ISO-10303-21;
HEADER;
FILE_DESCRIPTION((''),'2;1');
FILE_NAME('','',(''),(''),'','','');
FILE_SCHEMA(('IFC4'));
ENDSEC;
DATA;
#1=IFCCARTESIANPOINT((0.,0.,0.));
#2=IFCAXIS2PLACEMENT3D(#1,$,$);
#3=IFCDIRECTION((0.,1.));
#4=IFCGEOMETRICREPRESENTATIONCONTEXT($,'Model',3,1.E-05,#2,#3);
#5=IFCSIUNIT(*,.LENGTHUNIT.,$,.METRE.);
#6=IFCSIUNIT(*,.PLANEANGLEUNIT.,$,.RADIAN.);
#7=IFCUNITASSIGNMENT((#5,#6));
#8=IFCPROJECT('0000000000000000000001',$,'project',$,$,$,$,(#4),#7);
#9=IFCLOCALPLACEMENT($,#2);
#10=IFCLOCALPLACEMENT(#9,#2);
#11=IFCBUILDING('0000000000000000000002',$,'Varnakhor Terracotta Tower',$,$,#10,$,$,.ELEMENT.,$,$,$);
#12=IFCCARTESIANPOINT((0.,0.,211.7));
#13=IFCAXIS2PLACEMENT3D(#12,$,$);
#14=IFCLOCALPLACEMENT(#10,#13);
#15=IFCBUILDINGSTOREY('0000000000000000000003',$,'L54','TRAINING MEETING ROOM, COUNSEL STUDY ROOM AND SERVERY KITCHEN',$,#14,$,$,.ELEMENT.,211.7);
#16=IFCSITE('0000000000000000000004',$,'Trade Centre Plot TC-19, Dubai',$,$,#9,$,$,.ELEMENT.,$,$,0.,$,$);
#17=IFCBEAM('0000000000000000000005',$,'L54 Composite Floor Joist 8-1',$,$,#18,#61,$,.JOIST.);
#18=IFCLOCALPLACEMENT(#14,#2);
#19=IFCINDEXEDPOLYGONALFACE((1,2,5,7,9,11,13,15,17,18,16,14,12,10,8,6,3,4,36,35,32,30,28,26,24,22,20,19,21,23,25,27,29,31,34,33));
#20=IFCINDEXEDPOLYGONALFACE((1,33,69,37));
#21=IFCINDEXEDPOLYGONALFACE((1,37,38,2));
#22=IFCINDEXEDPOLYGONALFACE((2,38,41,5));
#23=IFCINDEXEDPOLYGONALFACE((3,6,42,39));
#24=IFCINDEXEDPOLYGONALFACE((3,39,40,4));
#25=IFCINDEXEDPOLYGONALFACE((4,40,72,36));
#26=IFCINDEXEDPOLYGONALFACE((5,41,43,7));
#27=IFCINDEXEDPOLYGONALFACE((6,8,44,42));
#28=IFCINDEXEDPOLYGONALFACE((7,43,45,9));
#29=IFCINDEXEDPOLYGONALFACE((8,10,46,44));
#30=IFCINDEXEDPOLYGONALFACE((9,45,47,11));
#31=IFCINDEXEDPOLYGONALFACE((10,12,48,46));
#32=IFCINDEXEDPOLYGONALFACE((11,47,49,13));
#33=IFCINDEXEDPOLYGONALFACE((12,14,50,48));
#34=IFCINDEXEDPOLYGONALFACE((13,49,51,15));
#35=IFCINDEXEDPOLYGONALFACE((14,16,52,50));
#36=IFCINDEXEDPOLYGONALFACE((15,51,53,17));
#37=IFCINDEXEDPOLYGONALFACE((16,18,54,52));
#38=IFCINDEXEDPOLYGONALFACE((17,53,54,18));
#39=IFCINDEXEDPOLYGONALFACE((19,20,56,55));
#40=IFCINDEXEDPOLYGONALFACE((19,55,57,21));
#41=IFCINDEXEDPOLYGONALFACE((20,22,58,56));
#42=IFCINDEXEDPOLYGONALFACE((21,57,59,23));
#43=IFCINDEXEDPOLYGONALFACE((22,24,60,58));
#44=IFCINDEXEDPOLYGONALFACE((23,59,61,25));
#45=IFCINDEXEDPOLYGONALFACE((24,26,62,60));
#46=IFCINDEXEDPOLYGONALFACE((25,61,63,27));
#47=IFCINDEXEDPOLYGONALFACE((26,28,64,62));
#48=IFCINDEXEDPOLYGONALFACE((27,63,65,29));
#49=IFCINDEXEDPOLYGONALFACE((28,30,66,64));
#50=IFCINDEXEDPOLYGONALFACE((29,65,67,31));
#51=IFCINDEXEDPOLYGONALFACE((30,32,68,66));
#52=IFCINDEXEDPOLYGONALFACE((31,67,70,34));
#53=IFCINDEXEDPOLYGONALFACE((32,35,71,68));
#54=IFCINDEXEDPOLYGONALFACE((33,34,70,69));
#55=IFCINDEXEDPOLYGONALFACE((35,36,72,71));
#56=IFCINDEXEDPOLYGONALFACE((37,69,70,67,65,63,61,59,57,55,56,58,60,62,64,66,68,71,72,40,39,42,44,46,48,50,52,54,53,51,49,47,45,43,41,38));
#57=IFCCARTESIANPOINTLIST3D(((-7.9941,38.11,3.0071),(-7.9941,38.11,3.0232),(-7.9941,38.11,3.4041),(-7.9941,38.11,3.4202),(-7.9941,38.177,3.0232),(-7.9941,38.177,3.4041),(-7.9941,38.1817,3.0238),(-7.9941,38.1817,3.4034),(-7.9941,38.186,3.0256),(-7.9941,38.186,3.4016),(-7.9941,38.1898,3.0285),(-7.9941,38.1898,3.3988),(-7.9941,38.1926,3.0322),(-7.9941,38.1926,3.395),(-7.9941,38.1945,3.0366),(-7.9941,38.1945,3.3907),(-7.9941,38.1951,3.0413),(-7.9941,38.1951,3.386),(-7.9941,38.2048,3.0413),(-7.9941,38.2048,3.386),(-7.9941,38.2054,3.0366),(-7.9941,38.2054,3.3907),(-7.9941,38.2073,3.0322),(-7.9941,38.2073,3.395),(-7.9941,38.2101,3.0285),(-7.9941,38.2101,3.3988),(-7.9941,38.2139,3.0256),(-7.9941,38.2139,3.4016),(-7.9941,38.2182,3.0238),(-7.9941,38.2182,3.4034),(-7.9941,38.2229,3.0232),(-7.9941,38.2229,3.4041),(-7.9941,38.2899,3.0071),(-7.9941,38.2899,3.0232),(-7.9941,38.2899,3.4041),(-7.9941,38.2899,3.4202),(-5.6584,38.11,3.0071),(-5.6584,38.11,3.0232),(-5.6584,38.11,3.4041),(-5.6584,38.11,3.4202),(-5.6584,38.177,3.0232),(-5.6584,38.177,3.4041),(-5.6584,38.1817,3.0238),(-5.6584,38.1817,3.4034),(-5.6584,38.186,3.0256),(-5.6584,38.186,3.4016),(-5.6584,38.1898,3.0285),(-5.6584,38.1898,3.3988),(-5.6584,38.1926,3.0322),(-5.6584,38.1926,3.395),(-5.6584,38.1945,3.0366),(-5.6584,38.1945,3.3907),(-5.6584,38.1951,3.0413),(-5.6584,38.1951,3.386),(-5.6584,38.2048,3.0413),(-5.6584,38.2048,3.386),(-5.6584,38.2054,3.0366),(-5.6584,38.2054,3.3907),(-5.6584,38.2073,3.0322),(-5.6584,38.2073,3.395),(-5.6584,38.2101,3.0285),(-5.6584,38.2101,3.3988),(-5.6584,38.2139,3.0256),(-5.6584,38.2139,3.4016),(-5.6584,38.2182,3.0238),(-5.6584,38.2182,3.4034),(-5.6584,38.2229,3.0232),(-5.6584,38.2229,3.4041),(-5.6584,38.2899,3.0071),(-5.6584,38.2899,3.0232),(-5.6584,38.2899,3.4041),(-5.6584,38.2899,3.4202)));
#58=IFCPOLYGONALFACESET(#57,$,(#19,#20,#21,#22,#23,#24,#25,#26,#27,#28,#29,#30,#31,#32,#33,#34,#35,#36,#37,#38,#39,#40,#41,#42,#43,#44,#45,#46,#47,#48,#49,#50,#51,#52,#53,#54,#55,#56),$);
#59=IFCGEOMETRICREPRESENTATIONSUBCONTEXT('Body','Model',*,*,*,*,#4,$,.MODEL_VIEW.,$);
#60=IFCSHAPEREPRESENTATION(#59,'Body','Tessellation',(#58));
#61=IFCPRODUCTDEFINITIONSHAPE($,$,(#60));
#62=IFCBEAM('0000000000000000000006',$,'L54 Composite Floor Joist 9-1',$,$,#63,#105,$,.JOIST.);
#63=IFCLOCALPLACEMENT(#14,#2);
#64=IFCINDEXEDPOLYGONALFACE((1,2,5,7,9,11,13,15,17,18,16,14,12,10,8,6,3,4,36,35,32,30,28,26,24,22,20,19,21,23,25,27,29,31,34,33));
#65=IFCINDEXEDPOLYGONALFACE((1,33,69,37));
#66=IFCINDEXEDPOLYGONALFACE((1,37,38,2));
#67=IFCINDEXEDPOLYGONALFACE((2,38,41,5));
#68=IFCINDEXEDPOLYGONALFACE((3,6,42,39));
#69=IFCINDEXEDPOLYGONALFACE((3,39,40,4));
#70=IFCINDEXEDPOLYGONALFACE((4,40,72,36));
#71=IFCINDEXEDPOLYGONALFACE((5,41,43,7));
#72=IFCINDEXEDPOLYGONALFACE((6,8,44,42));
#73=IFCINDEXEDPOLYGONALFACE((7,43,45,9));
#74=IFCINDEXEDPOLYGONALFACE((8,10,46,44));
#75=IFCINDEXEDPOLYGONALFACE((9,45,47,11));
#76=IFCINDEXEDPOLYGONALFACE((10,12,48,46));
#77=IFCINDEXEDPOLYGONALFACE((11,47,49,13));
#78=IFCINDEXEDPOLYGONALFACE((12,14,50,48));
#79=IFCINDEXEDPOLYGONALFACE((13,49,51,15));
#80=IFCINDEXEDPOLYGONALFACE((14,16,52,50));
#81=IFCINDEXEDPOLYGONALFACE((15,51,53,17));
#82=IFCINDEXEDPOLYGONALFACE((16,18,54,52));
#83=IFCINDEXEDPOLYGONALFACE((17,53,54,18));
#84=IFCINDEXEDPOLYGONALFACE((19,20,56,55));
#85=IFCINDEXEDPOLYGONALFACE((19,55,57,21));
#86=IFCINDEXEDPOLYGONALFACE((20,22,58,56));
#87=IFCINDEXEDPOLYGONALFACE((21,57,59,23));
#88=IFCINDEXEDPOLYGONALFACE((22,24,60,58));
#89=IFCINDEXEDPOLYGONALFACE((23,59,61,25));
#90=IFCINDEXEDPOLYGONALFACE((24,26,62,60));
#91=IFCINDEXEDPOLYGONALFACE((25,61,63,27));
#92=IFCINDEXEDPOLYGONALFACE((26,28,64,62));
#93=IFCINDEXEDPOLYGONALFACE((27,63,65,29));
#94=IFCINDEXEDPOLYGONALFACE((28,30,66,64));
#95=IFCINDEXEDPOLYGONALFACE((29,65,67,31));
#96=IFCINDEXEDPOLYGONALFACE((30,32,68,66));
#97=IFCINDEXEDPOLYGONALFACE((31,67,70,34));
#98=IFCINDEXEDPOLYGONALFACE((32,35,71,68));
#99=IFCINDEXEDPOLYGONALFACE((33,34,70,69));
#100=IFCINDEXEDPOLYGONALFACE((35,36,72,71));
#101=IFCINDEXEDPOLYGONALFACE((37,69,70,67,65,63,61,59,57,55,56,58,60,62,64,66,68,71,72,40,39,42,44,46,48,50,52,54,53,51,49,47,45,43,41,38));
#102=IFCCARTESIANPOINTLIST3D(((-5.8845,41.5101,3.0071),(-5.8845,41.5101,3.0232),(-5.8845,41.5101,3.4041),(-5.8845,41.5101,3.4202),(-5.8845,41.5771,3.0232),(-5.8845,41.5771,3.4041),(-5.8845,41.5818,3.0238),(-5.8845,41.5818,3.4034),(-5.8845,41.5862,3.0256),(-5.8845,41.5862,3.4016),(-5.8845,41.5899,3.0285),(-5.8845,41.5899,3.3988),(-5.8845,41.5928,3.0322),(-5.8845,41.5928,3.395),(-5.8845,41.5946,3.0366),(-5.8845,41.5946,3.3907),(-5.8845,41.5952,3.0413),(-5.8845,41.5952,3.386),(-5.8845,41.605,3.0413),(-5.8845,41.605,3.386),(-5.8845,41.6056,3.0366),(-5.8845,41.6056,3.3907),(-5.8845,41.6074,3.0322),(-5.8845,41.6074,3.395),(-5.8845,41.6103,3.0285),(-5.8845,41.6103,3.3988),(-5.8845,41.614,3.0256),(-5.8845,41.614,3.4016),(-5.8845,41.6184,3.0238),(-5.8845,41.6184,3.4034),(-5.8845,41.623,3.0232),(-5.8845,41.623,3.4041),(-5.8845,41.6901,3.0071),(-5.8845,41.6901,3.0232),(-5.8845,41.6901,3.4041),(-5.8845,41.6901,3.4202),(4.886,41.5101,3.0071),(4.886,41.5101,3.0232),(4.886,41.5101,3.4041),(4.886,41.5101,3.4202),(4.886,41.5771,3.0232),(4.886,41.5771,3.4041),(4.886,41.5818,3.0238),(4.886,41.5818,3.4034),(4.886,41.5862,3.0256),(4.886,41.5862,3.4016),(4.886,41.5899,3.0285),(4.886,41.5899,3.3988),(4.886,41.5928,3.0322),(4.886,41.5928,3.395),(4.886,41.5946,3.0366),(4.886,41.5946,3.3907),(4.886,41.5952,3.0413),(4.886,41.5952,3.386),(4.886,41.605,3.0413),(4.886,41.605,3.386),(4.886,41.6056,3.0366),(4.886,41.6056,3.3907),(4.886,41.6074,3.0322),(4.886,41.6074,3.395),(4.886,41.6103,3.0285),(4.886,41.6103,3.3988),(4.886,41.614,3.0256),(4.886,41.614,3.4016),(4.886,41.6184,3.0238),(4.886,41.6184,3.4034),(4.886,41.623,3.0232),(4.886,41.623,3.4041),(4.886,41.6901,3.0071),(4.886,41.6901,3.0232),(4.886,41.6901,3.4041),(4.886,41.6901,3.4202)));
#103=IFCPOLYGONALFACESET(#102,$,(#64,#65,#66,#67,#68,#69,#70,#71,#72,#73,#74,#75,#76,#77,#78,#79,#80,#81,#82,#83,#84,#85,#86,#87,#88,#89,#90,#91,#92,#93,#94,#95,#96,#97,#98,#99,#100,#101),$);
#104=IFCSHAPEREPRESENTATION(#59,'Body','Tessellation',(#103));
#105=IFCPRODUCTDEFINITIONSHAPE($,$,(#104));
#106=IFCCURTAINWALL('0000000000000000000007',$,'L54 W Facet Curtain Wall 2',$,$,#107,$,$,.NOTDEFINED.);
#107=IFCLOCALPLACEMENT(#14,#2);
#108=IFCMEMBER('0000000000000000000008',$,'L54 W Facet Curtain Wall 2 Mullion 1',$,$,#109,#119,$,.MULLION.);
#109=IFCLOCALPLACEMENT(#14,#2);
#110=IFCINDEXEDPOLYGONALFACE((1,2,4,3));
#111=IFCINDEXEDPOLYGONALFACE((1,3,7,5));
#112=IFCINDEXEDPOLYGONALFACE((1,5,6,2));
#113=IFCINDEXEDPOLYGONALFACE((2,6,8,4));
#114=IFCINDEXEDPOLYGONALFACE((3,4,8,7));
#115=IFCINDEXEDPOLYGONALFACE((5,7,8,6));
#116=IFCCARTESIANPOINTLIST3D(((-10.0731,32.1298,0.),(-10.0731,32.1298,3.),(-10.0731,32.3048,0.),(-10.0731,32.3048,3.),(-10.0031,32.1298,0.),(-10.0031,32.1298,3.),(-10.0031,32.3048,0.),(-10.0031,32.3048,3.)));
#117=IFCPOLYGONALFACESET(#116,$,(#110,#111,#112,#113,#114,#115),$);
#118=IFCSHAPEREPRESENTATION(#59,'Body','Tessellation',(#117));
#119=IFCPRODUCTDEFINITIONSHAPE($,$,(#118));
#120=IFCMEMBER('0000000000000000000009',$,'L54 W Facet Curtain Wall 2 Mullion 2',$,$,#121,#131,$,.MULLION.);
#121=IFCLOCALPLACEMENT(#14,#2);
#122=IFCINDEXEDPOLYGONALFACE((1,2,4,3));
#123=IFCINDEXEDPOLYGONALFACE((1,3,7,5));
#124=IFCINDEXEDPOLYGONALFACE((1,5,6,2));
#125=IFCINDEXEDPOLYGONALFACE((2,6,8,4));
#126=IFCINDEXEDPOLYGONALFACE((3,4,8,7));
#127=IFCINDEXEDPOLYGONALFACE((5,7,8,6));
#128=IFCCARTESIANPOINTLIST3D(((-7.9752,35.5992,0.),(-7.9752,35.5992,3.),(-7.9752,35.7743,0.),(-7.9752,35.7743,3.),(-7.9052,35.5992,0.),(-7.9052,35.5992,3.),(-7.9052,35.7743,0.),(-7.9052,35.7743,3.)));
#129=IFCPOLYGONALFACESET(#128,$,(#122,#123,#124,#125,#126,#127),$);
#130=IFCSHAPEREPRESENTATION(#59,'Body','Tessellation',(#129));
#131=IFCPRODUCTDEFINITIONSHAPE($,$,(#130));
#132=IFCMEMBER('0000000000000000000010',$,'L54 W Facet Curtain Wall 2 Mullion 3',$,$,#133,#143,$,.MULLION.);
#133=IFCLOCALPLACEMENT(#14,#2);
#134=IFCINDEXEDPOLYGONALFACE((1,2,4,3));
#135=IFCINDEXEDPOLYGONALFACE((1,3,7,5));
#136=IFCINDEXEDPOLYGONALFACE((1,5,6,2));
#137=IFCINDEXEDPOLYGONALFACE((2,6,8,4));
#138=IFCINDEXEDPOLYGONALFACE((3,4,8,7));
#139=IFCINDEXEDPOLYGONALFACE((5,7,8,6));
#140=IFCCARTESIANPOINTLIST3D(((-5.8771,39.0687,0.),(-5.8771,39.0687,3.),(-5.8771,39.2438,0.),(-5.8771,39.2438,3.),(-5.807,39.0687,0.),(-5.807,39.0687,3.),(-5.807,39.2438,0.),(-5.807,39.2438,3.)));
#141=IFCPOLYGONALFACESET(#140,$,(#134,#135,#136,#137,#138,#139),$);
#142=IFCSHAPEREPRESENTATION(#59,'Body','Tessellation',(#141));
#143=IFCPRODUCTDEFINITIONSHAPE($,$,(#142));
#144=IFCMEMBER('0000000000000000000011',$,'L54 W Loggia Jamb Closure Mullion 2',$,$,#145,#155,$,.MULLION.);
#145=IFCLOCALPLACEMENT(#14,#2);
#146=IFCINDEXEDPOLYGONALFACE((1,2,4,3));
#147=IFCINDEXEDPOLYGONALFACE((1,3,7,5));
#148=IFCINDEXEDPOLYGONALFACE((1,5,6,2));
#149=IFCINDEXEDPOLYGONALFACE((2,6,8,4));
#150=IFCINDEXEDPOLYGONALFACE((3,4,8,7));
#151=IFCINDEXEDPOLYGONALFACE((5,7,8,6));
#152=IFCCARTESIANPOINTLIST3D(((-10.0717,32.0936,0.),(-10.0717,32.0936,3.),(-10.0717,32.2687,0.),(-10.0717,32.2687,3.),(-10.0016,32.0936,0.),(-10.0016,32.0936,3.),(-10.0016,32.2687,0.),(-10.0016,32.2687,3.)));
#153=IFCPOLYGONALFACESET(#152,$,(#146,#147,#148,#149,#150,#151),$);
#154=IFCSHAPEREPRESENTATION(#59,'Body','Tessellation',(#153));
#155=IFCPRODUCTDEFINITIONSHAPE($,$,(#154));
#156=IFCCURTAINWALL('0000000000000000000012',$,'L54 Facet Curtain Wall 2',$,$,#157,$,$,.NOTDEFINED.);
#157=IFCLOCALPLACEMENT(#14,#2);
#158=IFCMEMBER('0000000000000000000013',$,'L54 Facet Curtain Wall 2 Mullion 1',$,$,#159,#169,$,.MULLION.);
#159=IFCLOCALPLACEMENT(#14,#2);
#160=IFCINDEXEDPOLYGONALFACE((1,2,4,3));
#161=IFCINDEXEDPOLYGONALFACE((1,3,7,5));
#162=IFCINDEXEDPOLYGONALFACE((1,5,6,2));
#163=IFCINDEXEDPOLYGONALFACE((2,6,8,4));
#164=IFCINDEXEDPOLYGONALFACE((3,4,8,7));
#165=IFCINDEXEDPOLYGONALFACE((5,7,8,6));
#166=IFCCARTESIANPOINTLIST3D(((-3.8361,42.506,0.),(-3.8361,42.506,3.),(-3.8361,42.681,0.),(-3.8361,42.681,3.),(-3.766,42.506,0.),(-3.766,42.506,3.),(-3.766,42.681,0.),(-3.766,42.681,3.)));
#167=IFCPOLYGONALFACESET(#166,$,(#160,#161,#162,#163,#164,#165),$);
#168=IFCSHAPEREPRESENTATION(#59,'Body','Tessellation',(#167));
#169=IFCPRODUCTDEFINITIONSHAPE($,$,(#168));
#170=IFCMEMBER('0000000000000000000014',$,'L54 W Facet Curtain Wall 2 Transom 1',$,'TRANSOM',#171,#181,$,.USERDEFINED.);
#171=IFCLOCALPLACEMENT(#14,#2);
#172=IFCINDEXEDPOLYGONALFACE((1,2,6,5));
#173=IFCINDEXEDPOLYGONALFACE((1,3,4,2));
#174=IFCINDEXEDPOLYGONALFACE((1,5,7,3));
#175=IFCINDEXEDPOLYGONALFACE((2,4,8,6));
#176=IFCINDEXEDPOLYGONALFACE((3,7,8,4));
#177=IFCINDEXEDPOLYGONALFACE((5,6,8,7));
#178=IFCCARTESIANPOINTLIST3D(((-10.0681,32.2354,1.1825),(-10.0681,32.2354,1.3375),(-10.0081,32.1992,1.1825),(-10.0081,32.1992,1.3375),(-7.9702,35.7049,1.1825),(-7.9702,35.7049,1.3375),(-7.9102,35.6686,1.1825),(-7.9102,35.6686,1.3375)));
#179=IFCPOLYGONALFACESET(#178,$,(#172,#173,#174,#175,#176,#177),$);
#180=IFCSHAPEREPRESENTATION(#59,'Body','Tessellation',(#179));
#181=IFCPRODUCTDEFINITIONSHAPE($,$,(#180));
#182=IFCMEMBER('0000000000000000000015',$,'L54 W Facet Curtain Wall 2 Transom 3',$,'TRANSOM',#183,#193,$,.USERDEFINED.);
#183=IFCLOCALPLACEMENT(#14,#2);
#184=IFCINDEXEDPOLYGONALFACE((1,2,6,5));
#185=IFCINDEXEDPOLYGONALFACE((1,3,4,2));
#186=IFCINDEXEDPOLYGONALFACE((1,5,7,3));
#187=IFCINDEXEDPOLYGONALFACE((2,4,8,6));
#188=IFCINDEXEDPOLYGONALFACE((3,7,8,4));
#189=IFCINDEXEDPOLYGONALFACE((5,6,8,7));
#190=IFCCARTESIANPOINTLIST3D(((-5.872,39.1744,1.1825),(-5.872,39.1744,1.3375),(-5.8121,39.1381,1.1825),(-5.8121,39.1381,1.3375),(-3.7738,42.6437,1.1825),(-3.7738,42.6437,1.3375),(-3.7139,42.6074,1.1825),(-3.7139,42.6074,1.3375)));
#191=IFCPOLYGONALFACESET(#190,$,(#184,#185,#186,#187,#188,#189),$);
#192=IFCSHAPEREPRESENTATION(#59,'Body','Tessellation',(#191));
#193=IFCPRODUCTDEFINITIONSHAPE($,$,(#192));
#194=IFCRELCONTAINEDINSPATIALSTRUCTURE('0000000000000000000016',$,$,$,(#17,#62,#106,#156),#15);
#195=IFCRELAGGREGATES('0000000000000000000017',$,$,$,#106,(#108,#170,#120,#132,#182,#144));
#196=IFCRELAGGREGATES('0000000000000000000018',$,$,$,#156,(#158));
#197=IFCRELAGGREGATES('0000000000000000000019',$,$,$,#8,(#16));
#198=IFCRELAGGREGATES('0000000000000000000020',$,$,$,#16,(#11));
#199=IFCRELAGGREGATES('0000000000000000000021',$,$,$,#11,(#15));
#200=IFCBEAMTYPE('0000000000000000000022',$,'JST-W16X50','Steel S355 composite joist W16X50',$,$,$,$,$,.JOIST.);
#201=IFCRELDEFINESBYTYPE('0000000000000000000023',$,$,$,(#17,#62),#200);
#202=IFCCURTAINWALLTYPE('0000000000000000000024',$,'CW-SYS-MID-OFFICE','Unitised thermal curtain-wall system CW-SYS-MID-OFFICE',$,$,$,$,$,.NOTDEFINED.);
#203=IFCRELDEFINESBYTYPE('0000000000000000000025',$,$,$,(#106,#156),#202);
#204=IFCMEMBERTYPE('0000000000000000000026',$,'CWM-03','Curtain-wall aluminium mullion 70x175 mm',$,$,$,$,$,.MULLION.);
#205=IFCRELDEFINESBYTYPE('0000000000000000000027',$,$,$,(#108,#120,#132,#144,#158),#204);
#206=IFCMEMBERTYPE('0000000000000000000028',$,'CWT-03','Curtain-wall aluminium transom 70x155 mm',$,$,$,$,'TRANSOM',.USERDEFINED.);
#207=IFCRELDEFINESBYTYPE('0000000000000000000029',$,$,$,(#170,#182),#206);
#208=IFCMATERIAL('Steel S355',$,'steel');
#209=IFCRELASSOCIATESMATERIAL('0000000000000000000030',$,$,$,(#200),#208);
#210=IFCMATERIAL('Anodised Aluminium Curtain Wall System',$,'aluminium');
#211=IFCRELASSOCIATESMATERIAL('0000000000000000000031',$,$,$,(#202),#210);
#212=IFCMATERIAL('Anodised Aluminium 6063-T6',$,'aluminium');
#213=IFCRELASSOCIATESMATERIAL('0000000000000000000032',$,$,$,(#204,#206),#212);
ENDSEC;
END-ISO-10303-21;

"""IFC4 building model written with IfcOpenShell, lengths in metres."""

from ifc_helpers import new_model, si_unit, direction, frame, origin, origin_2d, place, context, subcontext, project, spatial, rectangle, i_section, extrude, source, transform, mapped, material, material_profile, profile_set, type_object, element, aggregate, save


model = new_model("IFC4")

# Units and contexts
model_context = context("Model", 3, precision=1e-05, world=origin(), true_north=direction((0.0, 1.0)))
body_context = subcontext(model_context, "Body", "Model", "MODEL_VIEW")
ifc_project = project(units=[si_unit("LENGTHUNIT", "METRE"), si_unit("PLANEANGLEUNIT", "RADIAN")], contexts=[model_context])

# Site, building, storey
site_placement = place(None, origin())
site = spatial("IfcSite", under=ifc_project, at=site_placement, Name="Trade Centre Plot TC-19, Dubai", CompositionType="ELEMENT", RefElevation=0.0)
building_placement = place(site_placement, origin())
building = spatial("IfcBuilding", under=site, at=building_placement, Name="Varnakhor Terracotta Tower", CompositionType="ELEMENT")
storey_placement = place(building_placement, frame((0.0, 0.0, 211.7)))
storey = spatial("IfcBuildingStorey", under=building, at=storey_placement, Name="L54", Description="TRAINING MEETING ROOM, COUNSEL STUDY ROOM AND SERVERY KITCHEN", CompositionType="ELEMENT", Elevation=211.7)

# Beams
ifc_material_1 = material(Name="Steel S355", Category="steel")
ifc_material_profile_1 = material_profile(ifc_material_1, i_section(OverallWidth=0.1799, OverallDepth=0.4131, WebThickness=0.0098, FlangeThickness=0.0161, FilletRadius=0.0181, at=origin_2d()), Name="W16X50")
ifc_profile_set_1 = profile_set([ifc_material_profile_1], Name="Steel S355")
beam_type_1 = type_object("IfcBeamType", Name="JST-W16X50", Description="Steel S355 composite joist W16X50", PredefinedType="JOIST", material=ifc_profile_set_1)
shared_shape_1 = source(origin(), body_context, "Body", "SweptSolid", [
    extrude(i_section(OverallWidth=0.1799, OverallDepth=0.4131, WebThickness=0.0098, FlangeThickness=0.0161, FilletRadius=0.0181, at=origin_2d()), origin(), (0.0, 0.0, 1.0), 2.3357),
])
beam_1_placement = place(storey_placement, frame((-7.9941, 38.2, 3.2136), z_axis=(1.0, 0.0, 0.0), x_axis=(0.0, 1.0, 0.0)))
element("IfcBeam", 1, at=beam_1_placement, inside=storey, type_object=beam_type_1, Name="L54 Composite Floor Joist 8-1", PredefinedType="JOIST", context=body_context, shape_type="MappedRepresentation", body=[
    mapped(shared_shape_1, transform((0.0, 0.0, 0.0), scale=1.0)),
])
shared_shape_2 = source(origin(), body_context, "Body", "SweptSolid", [
    extrude(i_section(OverallWidth=0.1799, OverallDepth=0.4131, WebThickness=0.0098, FlangeThickness=0.0161, FilletRadius=0.0181, at=origin_2d()), origin(), (0.0, 0.0, 1.0), 10.7705),
])
beam_2_placement = place(storey_placement, frame((-5.8845, 41.6001, 3.2136), z_axis=(1.0, 0.0, 0.0), x_axis=(0.0, 1.0, 0.0)))
element("IfcBeam", 2, at=beam_2_placement, inside=storey, type_object=beam_type_1, Name="L54 Composite Floor Joist 9-1", PredefinedType="JOIST", context=body_context, shape_type="MappedRepresentation", body=[
    mapped(shared_shape_2, transform((0.0, 0.0, 0.0), scale=1.0)),
])

# Curtain wall, members
ifc_material_2 = material(Name="Anodised Aluminium Curtain Wall System", Category="aluminium")
curtain_wall_type = type_object("IfcCurtainWallType", Name="CW-SYS-MID-OFFICE", Description="Unitised thermal curtain-wall system CW-SYS-MID-OFFICE", PredefinedType="NOTDEFINED", material=ifc_material_2)
curtain_wall_1_placement = place(storey_placement, origin())
curtain_wall_1 = element("IfcCurtainWall", 3, at=curtain_wall_1_placement, inside=storey, type_object=curtain_wall_type, Name="L54 W Facet Curtain Wall 2", PredefinedType="NOTDEFINED")
ifc_material_3 = material(Name="Anodised Aluminium 6063-T6", Category="aluminium")
ifc_material_profile_2 = material_profile(ifc_material_3, rectangle(XDim=0.0701, YDim=0.175, at=origin_2d()), Name="ALU MULLION 70x175")
ifc_profile_set_2 = profile_set([ifc_material_profile_2], Name="Anodised Aluminium 6063-T6")
member_type_1 = type_object("IfcMemberType", Name="CWM-03", Description="Curtain-wall aluminium mullion 70x175 mm", PredefinedType="MULLION", material=ifc_profile_set_2)
shared_shape_3 = source(origin(), body_context, "Body", "SweptSolid", [
    extrude(rectangle(XDim=0.0701, YDim=0.175, at=origin_2d()), origin(), (0.0, 0.0, 1.0), 3.0),
])
member_1_placement = place(storey_placement, frame((-10.0381, 32.2173, 0.0), z_axis=(0.0, 0.0, 1.0), x_axis=(1.0, 0.0, 0.0)))
member_1 = element("IfcMember", 4, at=member_1_placement, type_object=member_type_1, Name="L54 W Facet Curtain Wall 2 Mullion 1", PredefinedType="MULLION", context=body_context, shape_type="MappedRepresentation", body=[
    mapped(shared_shape_3, transform((0.0, 0.0, 0.0), scale=1.0)),
])
member_2_placement = place(storey_placement, frame((-7.9402, 35.6868, 0.0), z_axis=(0.0, 0.0, 1.0), x_axis=(1.0, 0.0, 0.0)))
member_2 = element("IfcMember", 5, at=member_2_placement, type_object=member_type_1, Name="L54 W Facet Curtain Wall 2 Mullion 2", PredefinedType="MULLION", context=body_context, shape_type="MappedRepresentation", body=[
    mapped(shared_shape_3, transform((0.0, 0.0, 0.0), scale=1.0)),
])
member_3_placement = place(storey_placement, frame((-5.842, 39.1562, 0.0), z_axis=(0.0, 0.0, 1.0), x_axis=(1.0, 0.0, 0.0)))
member_3 = element("IfcMember", 6, at=member_3_placement, type_object=member_type_1, Name="L54 W Facet Curtain Wall 2 Mullion 3", PredefinedType="MULLION", context=body_context, shape_type="MappedRepresentation", body=[
    mapped(shared_shape_3, transform((0.0, 0.0, 0.0), scale=1.0)),
])
member_4_placement = place(storey_placement, frame((-10.0366, 32.1812, 0.0), z_axis=(0.0, 0.0, 1.0), x_axis=(1.0, 0.0, 0.0)))
member_4 = element("IfcMember", 7, at=member_4_placement, type_object=member_type_1, Name="L54 W Loggia Jamb Closure Mullion 2", PredefinedType="MULLION", context=body_context, shape_type="MappedRepresentation", body=[
    mapped(shared_shape_3, transform((0.0, 0.0, 0.0), scale=1.0)),
])

# Curtain wall, member
curtain_wall_2_placement = place(storey_placement, origin())
curtain_wall_2 = element("IfcCurtainWall", 8, at=curtain_wall_2_placement, inside=storey, type_object=curtain_wall_type, Name="L54 Facet Curtain Wall 2", PredefinedType="NOTDEFINED")
member_5_placement = place(storey_placement, frame((-3.801, 42.5935, 0.0), z_axis=(0.0, 0.0, 1.0), x_axis=(1.0, 0.0, 0.0)))
member_5 = element("IfcMember", 9, at=member_5_placement, type_object=member_type_1, Name="L54 Facet Curtain Wall 2 Mullion 1", PredefinedType="MULLION", context=body_context, shape_type="MappedRepresentation", body=[
    mapped(shared_shape_3, transform((0.0, 0.0, 0.0), scale=1.0)),
])

# Members
ifc_material_profile_3 = material_profile(ifc_material_3, rectangle(XDim=0.0701, YDim=0.155, at=origin_2d()), Name="ALU TRANSOM 70x155")
ifc_profile_set_3 = profile_set([ifc_material_profile_3], Name="Anodised Aluminium 6063-T6")
member_type_2 = type_object("IfcMemberType", Name="CWT-03", Description="Curtain-wall aluminium transom 70x155 mm", ElementType="TRANSOM", PredefinedType="USERDEFINED", material=ifc_profile_set_3)
shared_shape_4 = source(origin(), body_context, "Body", "SweptSolid", [
    extrude(rectangle(XDim=0.0701, YDim=0.155, at=origin_2d()), origin(), (0.0, 0.0, 1.0), 4.0544),
])
member_6_placement = place(storey_placement, frame((-10.0381, 32.2173, 1.26), z_axis=(0.517433, 0.855724, 0.0), x_axis=(-0.855724, 0.517433, 0.0)))
member_6 = element("IfcMember", 10, at=member_6_placement, type_object=member_type_2, Name="L54 W Facet Curtain Wall 2 Transom 1", ObjectType="TRANSOM", PredefinedType="USERDEFINED", context=body_context, shape_type="MappedRepresentation", body=[
    mapped(shared_shape_4, transform((0.0, 0.0, 0.0), scale=1.0)),
])
member_7_placement = place(storey_placement, frame((-5.842, 39.1562, 1.26), z_axis=(0.517503, 0.855681, 0.0), x_axis=(-0.855681, 0.517503, 0.0)))
member_7 = element("IfcMember", 11, at=member_7_placement, type_object=member_type_2, Name="L54 W Facet Curtain Wall 2 Transom 3", ObjectType="TRANSOM", PredefinedType="USERDEFINED", context=body_context, shape_type="MappedRepresentation", body=[
    mapped(shared_shape_4, transform((0.0, 0.0, 0.0), scale=1.0)),
])

aggregate(curtain_wall_1, [member_1, member_6, member_2, member_3, member_7, member_4])
aggregate(curtain_wall_2, [member_5])

save(model, "model.ifc")
